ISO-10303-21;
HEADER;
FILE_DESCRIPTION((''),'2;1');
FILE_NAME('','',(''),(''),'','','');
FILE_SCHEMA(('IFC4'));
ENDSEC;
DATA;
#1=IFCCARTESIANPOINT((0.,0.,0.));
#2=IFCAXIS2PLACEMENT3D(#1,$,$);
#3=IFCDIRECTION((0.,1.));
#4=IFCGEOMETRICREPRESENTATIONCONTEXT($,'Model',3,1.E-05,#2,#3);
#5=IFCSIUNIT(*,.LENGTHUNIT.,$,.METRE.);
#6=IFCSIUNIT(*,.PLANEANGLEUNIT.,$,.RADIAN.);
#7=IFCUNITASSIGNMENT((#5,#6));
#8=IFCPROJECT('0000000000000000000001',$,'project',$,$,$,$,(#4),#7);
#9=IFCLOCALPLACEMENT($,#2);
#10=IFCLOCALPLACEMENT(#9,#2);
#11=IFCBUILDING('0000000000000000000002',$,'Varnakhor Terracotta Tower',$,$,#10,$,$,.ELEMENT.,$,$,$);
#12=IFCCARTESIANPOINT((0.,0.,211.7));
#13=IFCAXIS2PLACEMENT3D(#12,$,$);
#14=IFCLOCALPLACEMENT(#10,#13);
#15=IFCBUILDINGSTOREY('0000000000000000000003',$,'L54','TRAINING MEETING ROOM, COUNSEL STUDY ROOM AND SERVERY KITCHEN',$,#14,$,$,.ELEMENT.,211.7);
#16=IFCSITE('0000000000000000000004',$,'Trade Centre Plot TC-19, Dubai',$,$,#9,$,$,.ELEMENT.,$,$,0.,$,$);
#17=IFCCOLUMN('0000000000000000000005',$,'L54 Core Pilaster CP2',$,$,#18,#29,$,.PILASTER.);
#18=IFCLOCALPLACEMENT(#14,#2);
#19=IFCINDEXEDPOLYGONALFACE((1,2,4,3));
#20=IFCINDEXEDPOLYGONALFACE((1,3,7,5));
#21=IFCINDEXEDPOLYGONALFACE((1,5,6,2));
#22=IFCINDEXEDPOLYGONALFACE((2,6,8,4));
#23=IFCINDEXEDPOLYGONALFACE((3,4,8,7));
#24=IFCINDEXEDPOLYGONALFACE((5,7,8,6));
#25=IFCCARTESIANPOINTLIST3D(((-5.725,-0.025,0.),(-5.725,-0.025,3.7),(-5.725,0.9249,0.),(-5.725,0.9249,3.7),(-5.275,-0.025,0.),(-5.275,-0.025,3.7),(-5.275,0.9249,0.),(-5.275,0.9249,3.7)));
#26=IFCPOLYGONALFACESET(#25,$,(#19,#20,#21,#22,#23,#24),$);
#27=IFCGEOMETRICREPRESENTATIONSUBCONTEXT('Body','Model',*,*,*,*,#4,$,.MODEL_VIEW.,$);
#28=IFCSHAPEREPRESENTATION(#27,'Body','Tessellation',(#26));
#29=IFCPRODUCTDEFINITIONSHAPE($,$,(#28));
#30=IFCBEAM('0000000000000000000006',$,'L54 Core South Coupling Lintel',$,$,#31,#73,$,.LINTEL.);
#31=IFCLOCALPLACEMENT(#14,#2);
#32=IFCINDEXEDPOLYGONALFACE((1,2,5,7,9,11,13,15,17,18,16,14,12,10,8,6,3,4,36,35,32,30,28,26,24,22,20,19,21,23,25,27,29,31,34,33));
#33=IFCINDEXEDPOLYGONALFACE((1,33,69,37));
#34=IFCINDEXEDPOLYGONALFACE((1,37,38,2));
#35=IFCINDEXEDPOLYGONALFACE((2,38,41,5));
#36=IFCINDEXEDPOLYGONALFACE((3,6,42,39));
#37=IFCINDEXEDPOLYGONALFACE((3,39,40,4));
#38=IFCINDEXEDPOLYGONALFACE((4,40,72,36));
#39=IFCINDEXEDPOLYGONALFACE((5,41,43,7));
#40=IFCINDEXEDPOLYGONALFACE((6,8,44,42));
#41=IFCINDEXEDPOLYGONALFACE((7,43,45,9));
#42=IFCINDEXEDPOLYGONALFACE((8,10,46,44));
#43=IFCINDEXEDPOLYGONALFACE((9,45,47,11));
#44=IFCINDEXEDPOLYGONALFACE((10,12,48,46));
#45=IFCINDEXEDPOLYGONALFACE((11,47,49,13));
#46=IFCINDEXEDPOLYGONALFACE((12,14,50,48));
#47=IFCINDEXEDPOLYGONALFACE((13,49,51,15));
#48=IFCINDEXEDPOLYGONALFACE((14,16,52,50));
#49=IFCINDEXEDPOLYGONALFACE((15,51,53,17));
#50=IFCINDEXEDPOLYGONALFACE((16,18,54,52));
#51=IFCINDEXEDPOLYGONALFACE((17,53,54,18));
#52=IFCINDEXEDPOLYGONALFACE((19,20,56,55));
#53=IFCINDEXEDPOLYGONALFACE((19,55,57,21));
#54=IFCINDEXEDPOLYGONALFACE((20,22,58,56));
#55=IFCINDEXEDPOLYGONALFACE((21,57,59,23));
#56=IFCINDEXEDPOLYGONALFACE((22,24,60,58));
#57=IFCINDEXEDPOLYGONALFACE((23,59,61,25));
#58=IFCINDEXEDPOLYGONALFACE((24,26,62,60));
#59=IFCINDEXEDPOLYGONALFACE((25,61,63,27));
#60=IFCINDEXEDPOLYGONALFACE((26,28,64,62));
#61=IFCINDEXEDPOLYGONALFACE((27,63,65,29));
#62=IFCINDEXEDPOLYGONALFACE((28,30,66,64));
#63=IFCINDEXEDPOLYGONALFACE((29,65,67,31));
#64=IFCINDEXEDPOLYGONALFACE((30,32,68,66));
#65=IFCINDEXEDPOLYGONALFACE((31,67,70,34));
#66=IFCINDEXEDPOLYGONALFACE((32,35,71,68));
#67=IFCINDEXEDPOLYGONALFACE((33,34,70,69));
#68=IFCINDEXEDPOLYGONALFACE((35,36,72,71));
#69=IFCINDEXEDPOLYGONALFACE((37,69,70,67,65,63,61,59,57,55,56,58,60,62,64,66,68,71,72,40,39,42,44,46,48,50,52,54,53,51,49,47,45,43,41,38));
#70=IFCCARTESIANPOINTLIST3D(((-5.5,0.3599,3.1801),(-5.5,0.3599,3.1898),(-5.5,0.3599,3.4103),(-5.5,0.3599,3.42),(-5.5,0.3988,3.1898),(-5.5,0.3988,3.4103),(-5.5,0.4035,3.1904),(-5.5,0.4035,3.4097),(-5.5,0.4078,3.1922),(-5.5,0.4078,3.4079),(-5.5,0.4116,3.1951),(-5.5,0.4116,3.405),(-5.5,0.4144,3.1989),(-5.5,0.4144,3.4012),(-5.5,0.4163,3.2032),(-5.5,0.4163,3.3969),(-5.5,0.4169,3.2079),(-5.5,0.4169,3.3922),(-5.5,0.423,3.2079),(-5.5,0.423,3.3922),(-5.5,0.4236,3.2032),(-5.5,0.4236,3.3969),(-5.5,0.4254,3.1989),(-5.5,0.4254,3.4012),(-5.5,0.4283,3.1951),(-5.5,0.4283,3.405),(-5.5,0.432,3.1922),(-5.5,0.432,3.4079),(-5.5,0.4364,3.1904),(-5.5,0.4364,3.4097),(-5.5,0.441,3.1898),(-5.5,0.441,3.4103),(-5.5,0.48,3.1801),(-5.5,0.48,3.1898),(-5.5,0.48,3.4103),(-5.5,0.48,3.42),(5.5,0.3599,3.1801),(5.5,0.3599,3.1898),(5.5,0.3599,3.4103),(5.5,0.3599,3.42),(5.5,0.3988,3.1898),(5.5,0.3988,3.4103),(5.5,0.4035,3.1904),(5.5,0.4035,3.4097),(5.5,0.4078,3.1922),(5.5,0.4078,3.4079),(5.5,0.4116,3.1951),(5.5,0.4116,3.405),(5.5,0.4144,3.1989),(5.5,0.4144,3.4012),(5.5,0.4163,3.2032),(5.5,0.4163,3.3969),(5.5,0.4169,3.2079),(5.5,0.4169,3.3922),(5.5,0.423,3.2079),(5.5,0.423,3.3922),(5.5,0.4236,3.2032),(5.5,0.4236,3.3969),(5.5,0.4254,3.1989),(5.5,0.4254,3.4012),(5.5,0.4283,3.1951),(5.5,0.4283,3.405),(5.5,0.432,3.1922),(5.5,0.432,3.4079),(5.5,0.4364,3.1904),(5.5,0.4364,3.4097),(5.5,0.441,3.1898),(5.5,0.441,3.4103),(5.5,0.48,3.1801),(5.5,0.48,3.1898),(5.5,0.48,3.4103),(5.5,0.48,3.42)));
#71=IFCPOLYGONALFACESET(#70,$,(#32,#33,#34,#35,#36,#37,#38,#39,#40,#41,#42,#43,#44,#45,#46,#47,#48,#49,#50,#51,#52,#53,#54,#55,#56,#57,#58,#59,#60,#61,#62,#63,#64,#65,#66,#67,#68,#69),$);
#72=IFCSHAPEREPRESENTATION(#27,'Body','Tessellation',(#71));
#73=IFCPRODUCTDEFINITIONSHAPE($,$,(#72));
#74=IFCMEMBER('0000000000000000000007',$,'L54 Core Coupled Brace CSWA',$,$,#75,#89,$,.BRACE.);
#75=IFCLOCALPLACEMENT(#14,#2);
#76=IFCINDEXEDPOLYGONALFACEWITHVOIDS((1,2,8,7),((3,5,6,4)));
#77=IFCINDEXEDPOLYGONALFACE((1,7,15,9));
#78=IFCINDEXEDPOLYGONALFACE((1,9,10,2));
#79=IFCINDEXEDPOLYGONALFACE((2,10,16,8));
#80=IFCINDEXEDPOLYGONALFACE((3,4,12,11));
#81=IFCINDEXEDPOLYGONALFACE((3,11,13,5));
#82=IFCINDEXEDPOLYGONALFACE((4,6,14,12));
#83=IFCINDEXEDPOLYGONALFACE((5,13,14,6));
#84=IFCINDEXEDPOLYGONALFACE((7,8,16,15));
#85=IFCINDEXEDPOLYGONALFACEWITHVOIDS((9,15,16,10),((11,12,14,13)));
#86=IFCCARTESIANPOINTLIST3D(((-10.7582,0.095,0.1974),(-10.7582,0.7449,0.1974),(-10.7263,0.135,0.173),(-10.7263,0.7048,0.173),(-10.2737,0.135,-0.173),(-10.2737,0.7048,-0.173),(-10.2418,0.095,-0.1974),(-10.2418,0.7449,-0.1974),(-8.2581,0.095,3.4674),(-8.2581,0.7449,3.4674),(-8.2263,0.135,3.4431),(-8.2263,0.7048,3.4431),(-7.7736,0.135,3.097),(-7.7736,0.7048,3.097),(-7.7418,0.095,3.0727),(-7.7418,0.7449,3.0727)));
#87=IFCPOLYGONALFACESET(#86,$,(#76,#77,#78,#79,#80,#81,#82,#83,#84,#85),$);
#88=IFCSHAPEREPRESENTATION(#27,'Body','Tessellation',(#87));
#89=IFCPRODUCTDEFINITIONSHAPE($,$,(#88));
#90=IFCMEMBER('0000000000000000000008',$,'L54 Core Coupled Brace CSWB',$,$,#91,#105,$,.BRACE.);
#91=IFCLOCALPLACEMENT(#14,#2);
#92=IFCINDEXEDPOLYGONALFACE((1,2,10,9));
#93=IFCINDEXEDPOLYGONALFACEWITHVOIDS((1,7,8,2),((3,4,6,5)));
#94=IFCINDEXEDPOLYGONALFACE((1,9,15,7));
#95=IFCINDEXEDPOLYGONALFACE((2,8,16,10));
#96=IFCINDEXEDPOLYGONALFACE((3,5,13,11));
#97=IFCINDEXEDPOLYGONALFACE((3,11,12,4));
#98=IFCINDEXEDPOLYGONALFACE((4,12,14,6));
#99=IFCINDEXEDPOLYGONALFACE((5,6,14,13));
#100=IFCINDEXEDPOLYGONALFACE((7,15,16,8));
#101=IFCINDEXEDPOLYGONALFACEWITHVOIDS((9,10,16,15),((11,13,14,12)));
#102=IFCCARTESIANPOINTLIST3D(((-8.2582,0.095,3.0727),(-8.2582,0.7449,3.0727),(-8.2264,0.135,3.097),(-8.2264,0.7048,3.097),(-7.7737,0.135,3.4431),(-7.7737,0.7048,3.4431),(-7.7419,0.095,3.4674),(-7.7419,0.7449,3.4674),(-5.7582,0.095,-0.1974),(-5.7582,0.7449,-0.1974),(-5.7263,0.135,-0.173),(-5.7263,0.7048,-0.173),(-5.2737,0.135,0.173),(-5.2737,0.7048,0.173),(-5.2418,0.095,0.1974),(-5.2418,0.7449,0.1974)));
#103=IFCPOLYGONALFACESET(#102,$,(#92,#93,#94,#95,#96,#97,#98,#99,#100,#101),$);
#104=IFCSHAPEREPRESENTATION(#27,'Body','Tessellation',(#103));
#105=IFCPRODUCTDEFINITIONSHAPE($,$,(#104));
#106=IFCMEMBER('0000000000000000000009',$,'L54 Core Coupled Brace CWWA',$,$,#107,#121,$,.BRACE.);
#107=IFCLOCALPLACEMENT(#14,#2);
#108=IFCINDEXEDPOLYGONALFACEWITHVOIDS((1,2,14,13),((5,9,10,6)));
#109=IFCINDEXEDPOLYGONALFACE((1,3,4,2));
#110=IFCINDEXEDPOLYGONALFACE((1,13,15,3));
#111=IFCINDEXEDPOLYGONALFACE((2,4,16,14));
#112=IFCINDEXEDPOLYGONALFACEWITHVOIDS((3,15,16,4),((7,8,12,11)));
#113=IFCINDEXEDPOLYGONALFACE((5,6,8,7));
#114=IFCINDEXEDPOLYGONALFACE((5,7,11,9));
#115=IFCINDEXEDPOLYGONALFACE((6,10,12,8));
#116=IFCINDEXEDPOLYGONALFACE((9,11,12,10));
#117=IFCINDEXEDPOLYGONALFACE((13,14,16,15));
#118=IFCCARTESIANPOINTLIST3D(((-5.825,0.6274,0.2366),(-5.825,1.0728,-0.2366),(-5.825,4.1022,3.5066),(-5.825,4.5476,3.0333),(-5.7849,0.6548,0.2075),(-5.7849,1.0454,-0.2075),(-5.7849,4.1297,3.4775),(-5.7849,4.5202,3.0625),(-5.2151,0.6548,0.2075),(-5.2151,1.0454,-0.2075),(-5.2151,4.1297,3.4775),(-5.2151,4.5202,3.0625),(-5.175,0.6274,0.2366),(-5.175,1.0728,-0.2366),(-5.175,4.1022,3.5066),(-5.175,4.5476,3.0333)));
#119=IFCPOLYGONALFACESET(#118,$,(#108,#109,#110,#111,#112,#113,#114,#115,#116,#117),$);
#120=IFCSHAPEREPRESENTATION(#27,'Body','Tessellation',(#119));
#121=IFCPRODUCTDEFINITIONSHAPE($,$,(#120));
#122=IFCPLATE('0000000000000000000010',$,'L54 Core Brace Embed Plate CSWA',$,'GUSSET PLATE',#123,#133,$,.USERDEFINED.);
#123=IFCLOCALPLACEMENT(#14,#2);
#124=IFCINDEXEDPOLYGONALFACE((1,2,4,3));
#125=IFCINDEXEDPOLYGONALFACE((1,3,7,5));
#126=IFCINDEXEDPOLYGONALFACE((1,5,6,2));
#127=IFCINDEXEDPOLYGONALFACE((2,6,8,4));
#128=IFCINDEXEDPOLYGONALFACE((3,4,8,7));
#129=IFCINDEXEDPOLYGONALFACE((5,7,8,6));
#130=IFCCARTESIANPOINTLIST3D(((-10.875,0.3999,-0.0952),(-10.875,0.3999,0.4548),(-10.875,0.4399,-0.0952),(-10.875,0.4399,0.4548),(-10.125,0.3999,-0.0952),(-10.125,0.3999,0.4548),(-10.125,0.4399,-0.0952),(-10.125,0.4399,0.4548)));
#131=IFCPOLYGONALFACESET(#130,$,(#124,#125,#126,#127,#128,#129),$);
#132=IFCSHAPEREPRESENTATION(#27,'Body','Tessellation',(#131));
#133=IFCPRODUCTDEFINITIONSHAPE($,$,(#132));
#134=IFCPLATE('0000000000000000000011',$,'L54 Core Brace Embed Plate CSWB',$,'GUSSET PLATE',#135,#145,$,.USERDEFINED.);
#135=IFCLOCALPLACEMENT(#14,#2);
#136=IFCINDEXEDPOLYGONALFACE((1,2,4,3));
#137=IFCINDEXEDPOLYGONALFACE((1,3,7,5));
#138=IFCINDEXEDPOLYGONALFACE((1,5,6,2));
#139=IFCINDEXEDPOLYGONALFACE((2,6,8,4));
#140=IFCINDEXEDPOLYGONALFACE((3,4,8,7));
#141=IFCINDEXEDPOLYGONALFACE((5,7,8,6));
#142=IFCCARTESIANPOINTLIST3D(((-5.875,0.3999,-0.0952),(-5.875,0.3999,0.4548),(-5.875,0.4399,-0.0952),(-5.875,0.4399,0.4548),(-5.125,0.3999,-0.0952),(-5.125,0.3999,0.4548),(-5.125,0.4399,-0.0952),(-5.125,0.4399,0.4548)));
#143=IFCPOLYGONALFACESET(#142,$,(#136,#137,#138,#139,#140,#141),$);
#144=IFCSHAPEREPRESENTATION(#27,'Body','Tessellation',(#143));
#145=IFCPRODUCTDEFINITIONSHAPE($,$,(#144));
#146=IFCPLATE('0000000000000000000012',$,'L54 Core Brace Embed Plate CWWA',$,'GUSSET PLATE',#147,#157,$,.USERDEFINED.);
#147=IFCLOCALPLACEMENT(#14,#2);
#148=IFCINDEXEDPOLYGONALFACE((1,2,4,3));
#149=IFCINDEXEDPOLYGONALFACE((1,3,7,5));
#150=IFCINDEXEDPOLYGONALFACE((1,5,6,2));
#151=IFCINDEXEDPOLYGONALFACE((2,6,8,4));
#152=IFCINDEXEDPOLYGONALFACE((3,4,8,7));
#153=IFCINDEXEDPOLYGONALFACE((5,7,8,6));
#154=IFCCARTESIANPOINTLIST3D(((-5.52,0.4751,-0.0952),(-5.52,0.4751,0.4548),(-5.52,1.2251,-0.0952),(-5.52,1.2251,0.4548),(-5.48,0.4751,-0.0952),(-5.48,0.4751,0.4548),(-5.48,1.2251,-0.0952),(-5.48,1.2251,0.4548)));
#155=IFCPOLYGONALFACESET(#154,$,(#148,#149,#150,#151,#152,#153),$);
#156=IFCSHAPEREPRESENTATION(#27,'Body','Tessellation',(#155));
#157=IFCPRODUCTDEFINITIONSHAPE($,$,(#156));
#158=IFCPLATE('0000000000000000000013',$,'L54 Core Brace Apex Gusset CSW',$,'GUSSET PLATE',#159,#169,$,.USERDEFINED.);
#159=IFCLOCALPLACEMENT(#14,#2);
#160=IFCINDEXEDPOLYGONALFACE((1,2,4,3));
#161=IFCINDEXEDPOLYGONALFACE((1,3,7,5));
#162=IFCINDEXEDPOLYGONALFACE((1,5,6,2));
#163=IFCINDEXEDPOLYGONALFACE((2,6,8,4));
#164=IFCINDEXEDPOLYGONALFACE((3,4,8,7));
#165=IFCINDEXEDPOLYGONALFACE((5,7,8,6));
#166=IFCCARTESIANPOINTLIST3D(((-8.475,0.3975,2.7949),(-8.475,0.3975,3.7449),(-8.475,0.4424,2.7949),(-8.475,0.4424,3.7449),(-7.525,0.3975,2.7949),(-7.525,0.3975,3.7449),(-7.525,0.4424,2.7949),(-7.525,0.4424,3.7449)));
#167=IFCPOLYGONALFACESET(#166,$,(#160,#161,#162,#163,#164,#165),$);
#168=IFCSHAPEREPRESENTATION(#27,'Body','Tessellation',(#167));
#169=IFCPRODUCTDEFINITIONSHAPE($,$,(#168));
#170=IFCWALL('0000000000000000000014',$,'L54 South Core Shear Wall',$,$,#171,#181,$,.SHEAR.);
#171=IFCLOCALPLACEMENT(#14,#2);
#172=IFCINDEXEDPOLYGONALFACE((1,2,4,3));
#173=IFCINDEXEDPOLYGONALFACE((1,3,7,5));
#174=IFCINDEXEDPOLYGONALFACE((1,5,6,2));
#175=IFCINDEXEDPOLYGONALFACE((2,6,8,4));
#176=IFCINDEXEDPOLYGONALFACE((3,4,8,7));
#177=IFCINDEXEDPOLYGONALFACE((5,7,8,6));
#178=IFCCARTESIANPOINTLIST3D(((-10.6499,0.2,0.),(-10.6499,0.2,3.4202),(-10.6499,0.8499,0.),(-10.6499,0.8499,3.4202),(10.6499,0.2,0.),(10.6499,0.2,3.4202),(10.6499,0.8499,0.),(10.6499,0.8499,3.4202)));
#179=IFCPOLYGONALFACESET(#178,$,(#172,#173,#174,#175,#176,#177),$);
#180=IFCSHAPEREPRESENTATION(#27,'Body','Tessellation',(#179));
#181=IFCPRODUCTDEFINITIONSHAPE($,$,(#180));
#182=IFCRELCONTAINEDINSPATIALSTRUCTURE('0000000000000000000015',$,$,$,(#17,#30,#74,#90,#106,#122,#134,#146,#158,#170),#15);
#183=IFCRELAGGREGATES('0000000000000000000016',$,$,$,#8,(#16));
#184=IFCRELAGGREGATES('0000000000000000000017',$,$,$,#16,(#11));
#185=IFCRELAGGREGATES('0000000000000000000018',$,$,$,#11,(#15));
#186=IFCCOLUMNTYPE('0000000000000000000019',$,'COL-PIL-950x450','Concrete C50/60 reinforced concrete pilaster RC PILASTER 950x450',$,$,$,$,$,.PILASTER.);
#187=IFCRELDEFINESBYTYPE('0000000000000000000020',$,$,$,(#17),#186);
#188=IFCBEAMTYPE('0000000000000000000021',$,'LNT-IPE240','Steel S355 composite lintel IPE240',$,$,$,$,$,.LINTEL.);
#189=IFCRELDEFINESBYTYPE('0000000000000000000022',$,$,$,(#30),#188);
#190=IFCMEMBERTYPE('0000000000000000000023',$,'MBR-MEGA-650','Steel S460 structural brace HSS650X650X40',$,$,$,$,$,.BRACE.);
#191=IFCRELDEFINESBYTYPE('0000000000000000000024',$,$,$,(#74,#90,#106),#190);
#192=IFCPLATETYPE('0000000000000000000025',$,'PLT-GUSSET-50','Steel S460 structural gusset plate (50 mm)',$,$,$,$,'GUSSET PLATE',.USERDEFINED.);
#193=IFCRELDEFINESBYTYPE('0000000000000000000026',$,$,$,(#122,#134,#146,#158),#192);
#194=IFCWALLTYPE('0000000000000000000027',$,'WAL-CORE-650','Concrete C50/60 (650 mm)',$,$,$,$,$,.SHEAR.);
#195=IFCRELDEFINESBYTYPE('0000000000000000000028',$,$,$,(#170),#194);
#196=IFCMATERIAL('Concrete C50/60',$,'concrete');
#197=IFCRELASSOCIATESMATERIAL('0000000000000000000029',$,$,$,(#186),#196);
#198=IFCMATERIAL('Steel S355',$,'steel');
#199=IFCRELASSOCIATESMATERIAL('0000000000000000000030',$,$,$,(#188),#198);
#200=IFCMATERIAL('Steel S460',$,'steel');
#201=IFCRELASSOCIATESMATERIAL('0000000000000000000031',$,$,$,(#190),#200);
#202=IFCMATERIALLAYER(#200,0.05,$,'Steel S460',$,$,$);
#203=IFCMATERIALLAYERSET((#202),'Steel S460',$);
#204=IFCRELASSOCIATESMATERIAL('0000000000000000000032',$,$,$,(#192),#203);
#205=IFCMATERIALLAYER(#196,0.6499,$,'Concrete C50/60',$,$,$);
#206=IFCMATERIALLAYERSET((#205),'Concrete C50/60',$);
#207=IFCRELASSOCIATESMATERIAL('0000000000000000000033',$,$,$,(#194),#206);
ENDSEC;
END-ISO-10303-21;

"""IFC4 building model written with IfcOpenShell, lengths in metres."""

from ifc_helpers import new_model, si_unit, direction, frame, frame_2d, origin, origin_2d, place, context, subcontext, project, spatial, rectangle, hollow_rectangle, i_section, extrude, source, transform, mapped, material, layer, layer_set, material_profile, profile_set, type_object, type_shapes, element, save


model = new_model("IFC4")

# Units and contexts
model_context = context("Model", 3, precision=1e-05, world=origin(), true_north=direction((0.0, 1.0)))
body_context = subcontext(model_context, "Body", "Model", "MODEL_VIEW")
ifc_project = project(units=[si_unit("LENGTHUNIT", "METRE"), si_unit("PLANEANGLEUNIT", "RADIAN")], contexts=[model_context])

# Site, building, storey
site_placement = place(None, origin())
site = spatial("IfcSite", under=ifc_project, at=site_placement, Name="Trade Centre Plot TC-19, Dubai", CompositionType="ELEMENT", RefElevation=0.0)
building_placement = place(site_placement, origin())
building = spatial("IfcBuilding", under=site, at=building_placement, Name="Varnakhor Terracotta Tower", CompositionType="ELEMENT")
storey_placement = place(building_placement, frame((0.0, 0.0, 211.7)))
storey = spatial("IfcBuildingStorey", under=building, at=storey_placement, Name="L54", Description="TRAINING MEETING ROOM, COUNSEL STUDY ROOM AND SERVERY KITCHEN", CompositionType="ELEMENT", Elevation=211.7)

# Column
ifc_material_1 = material(Name="Concrete C50/60", Category="concrete")
ifc_material_profile_1 = material_profile(ifc_material_1, rectangle(XDim=0.45, YDim=0.95, at=origin_2d()), Name="RC PILASTER 950x450")
ifc_profile_set_1 = profile_set([ifc_material_profile_1], Name="Concrete C50/60")
column_type = type_object("IfcColumnType", Name="COL-PIL-950x450", Description="Concrete C50/60 reinforced concrete pilaster RC PILASTER 950x450", PredefinedType="PILASTER", material=ifc_profile_set_1)
shared_shape_1 = source(origin(), body_context, "Body", "SweptSolid", [
    extrude(rectangle(XDim=0.45, YDim=0.95, at=origin_2d()), origin(), (0.0, 0.0, 1.0), 3.7),
])
column_placement = place(storey_placement, frame((-5.5, 0.45, 0.0), z_axis=(0.0, 0.0, 1.0), x_axis=(1.0, 0.0, 0.0)))
element("IfcColumn", 1, at=column_placement, inside=storey, type_object=column_type, Name="L54 Core Pilaster CP2", PredefinedType="PILASTER", context=body_context, shape_type="MappedRepresentation", body=[
    mapped(shared_shape_1, transform((0.0, 0.0, 0.0), scale=1.0)),
])

# Beam
ifc_material_2 = material(Name="Steel S355", Category="steel")
ifc_material_profile_2 = material_profile(ifc_material_2, i_section(OverallWidth=0.1201, OverallDepth=0.24, WebThickness=0.0061, FlangeThickness=0.0098, FilletRadius=0.0181, at=origin_2d()), Name="IPE240")
ifc_profile_set_2 = profile_set([ifc_material_profile_2], Name="Steel S355")
beam_type = type_object("IfcBeamType", Name="LNT-IPE240", Description="Steel S355 composite lintel IPE240", PredefinedType="LINTEL", material=ifc_profile_set_2)
shared_shape_2 = source(origin(), body_context, "Body", "SweptSolid", [
    extrude(i_section(OverallWidth=0.1201, OverallDepth=0.24, WebThickness=0.0061, FlangeThickness=0.0098, FilletRadius=0.0181, at=origin_2d()), origin(), (0.0, 0.0, 1.0), 11.0),
])
type_shapes(beam_type, [shared_shape_2])
beam_placement = place(storey_placement, frame((-5.5, 0.4199, 3.3), z_axis=(1.0, 0.0, 0.0), x_axis=(0.0, 1.0, 0.0)))
element("IfcBeam", 2, at=beam_placement, inside=storey, type_object=beam_type, Name="L54 Core South Coupling Lintel", PredefinedType="LINTEL", context=body_context, shape_type="MappedRepresentation", body=[
    mapped(shared_shape_2, transform((0.0, 0.0, 0.0), scale=1.0)),
])

# Members
ifc_material_3 = material(Name="Steel S460", Category="steel")
ifc_material_profile_3 = material_profile(ifc_material_3, hollow_rectangle(XDim=0.6499, YDim=0.6499, WallThickness=0.04, at=origin_2d()), Name="HSS650X650X40")
ifc_profile_set_3 = profile_set([ifc_material_profile_3], Name="Steel S460")
member_type = type_object("IfcMemberType", Name="MBR-MEGA-650", Description="Steel S460 structural brace HSS650X650X40", PredefinedType="BRACE", material=ifc_profile_set_3)
shared_shape_3 = source(origin(), body_context, "Body", "SweptSolid", [
    extrude(hollow_rectangle(XDim=0.6499, YDim=0.6499, WallThickness=0.04, at=origin_2d()), origin(), (0.0, 0.0, 1.0), 4.1162),
])
for number, where, z_axis, x_axis, name in (
    (3, (-10.5, 0.4199, 0.0), (0.607358, 0.0, 0.794429), (0.0, 1.0, 0.0), "L54 Core Coupled Brace CSWA"),
    (4, (-5.5, 0.4199, 0.0), (-0.607358, 0.0, 0.794429), (0.0, -1.0, 0.0), "L54 Core Coupled Brace CSWB"),
):
    element("IfcMember", number, at=place(storey_placement, frame(where, z_axis=z_axis, x_axis=x_axis)), inside=storey, type_object=member_type, Name=name, PredefinedType="BRACE", context=body_context, shape_type="MappedRepresentation", body=[
        mapped(shared_shape_3, transform((0.0, 0.0, 0.0), scale=1.0)),
    ])
shared_shape_4 = source(origin(), body_context, "Body", "SweptSolid", [
    extrude(hollow_rectangle(XDim=0.6499, YDim=0.6499, WallThickness=0.04, at=origin_2d()), origin(), (0.0, 0.0, 1.0), 4.7715),
])
member_placement = place(storey_placement, frame((-5.5, 0.8501, 0.0), z_axis=(0.0, 0.728245, 0.685317), x_axis=(-1.0, 0.0, 0.0)))
element("IfcMember", 5, at=member_placement, inside=storey, type_object=member_type, Name="L54 Core Coupled Brace CWWA", PredefinedType="BRACE", context=body_context, shape_type="MappedRepresentation", body=[
    mapped(shared_shape_4, transform((0.0, 0.0, 0.0), scale=1.0)),
])

# Plates
ifc_layer_1 = layer(ifc_material_3, 0.05, Name="Steel S460")
ifc_layer_set_1 = layer_set([ifc_layer_1], Name="Steel S460")
plate_type = type_object("IfcPlateType", Name="PLT-GUSSET-50", Description="Steel S460 structural gusset plate (50 mm)", ElementType="GUSSET PLATE", PredefinedType="USERDEFINED", material=ifc_layer_set_1)
shared_shape_5 = source(origin(), body_context, "Body", "SweptSolid", [
    extrude(rectangle(XDim=0.75, YDim=0.04, at=origin_2d()), origin(), (0.0, 0.0, 1.0), 0.55),
])
type_shapes(plate_type, [shared_shape_5])
for number, where, z_axis, x_axis, name in (
    (6, (-10.5, 0.4199, -0.0952), (0.0, 0.0, 1.0), (1.0, 0.0, 0.0), "L54 Core Brace Embed Plate CSWA"),
    (7, (-5.5, 0.4199, -0.0952), (0.0, 0.0, 1.0), (1.0, 0.0, 0.0), "L54 Core Brace Embed Plate CSWB"),
    (8, (-5.5, 0.8501, -0.0952), (0.0, 0.0, 1.0), (0.0, 1.0, 0.0), "L54 Core Brace Embed Plate CWWA"),
):
    element("IfcPlate", number, at=place(storey_placement, frame(where, z_axis=z_axis, x_axis=x_axis)), inside=storey, type_object=plate_type, Name=name, ObjectType="GUSSET PLATE", PredefinedType="USERDEFINED", context=body_context, shape_type="MappedRepresentation", body=[
        mapped(shared_shape_5, transform((0.0, 0.0, 0.0), scale=1.0)),
    ])
shared_shape_6 = source(origin(), body_context, "Body", "SweptSolid", [
    extrude(rectangle(XDim=0.95, YDim=0.0449, at=origin_2d()), origin(), (0.0, 0.0, 1.0), 0.95),
])
plate_placement = place(storey_placement, frame((-8.0, 0.4199, 2.7949), z_axis=(0.0, 0.0, 1.0), x_axis=(1.0, 0.0, 0.0)))
element("IfcPlate", 9, at=plate_placement, inside=storey, type_object=plate_type, Name="L54 Core Brace Apex Gusset CSW", ObjectType="GUSSET PLATE", PredefinedType="USERDEFINED", context=body_context, shape_type="MappedRepresentation", body=[
    mapped(shared_shape_6, transform((0.0, 0.0, 0.0), scale=1.0)),
])

# Wall
ifc_layer_2 = layer(ifc_material_1, 0.6499, Name="Concrete C50/60")
ifc_layer_set_2 = layer_set([ifc_layer_2], Name="Concrete C50/60")
wall_type_1 = type_object("IfcWallType", Name="WAL-CORE-650", Description="Concrete C50/60 (650 mm)", PredefinedType="SHEAR", material=ifc_layer_set_2)
wall_1_placement = place(storey_placement, frame((-10.6499, 0.5249, 0.0), z_axis=(0.0, 0.0, 1.0), x_axis=(1.0, 0.0, 0.0)))
element("IfcWall", 10, at=wall_1_placement, inside=storey, type_object=wall_type_1, Name="L54 South Core Shear Wall", PredefinedType="SHEAR", context=body_context, shape_type="SweptSolid", body=[
    extrude(rectangle(XDim=21.2998, YDim=0.6499, at=frame_2d((10.6499, 0.0))), origin(), (0.0, 0.0, 1.0), 3.4202),
])

save(model, "model.ifc")
